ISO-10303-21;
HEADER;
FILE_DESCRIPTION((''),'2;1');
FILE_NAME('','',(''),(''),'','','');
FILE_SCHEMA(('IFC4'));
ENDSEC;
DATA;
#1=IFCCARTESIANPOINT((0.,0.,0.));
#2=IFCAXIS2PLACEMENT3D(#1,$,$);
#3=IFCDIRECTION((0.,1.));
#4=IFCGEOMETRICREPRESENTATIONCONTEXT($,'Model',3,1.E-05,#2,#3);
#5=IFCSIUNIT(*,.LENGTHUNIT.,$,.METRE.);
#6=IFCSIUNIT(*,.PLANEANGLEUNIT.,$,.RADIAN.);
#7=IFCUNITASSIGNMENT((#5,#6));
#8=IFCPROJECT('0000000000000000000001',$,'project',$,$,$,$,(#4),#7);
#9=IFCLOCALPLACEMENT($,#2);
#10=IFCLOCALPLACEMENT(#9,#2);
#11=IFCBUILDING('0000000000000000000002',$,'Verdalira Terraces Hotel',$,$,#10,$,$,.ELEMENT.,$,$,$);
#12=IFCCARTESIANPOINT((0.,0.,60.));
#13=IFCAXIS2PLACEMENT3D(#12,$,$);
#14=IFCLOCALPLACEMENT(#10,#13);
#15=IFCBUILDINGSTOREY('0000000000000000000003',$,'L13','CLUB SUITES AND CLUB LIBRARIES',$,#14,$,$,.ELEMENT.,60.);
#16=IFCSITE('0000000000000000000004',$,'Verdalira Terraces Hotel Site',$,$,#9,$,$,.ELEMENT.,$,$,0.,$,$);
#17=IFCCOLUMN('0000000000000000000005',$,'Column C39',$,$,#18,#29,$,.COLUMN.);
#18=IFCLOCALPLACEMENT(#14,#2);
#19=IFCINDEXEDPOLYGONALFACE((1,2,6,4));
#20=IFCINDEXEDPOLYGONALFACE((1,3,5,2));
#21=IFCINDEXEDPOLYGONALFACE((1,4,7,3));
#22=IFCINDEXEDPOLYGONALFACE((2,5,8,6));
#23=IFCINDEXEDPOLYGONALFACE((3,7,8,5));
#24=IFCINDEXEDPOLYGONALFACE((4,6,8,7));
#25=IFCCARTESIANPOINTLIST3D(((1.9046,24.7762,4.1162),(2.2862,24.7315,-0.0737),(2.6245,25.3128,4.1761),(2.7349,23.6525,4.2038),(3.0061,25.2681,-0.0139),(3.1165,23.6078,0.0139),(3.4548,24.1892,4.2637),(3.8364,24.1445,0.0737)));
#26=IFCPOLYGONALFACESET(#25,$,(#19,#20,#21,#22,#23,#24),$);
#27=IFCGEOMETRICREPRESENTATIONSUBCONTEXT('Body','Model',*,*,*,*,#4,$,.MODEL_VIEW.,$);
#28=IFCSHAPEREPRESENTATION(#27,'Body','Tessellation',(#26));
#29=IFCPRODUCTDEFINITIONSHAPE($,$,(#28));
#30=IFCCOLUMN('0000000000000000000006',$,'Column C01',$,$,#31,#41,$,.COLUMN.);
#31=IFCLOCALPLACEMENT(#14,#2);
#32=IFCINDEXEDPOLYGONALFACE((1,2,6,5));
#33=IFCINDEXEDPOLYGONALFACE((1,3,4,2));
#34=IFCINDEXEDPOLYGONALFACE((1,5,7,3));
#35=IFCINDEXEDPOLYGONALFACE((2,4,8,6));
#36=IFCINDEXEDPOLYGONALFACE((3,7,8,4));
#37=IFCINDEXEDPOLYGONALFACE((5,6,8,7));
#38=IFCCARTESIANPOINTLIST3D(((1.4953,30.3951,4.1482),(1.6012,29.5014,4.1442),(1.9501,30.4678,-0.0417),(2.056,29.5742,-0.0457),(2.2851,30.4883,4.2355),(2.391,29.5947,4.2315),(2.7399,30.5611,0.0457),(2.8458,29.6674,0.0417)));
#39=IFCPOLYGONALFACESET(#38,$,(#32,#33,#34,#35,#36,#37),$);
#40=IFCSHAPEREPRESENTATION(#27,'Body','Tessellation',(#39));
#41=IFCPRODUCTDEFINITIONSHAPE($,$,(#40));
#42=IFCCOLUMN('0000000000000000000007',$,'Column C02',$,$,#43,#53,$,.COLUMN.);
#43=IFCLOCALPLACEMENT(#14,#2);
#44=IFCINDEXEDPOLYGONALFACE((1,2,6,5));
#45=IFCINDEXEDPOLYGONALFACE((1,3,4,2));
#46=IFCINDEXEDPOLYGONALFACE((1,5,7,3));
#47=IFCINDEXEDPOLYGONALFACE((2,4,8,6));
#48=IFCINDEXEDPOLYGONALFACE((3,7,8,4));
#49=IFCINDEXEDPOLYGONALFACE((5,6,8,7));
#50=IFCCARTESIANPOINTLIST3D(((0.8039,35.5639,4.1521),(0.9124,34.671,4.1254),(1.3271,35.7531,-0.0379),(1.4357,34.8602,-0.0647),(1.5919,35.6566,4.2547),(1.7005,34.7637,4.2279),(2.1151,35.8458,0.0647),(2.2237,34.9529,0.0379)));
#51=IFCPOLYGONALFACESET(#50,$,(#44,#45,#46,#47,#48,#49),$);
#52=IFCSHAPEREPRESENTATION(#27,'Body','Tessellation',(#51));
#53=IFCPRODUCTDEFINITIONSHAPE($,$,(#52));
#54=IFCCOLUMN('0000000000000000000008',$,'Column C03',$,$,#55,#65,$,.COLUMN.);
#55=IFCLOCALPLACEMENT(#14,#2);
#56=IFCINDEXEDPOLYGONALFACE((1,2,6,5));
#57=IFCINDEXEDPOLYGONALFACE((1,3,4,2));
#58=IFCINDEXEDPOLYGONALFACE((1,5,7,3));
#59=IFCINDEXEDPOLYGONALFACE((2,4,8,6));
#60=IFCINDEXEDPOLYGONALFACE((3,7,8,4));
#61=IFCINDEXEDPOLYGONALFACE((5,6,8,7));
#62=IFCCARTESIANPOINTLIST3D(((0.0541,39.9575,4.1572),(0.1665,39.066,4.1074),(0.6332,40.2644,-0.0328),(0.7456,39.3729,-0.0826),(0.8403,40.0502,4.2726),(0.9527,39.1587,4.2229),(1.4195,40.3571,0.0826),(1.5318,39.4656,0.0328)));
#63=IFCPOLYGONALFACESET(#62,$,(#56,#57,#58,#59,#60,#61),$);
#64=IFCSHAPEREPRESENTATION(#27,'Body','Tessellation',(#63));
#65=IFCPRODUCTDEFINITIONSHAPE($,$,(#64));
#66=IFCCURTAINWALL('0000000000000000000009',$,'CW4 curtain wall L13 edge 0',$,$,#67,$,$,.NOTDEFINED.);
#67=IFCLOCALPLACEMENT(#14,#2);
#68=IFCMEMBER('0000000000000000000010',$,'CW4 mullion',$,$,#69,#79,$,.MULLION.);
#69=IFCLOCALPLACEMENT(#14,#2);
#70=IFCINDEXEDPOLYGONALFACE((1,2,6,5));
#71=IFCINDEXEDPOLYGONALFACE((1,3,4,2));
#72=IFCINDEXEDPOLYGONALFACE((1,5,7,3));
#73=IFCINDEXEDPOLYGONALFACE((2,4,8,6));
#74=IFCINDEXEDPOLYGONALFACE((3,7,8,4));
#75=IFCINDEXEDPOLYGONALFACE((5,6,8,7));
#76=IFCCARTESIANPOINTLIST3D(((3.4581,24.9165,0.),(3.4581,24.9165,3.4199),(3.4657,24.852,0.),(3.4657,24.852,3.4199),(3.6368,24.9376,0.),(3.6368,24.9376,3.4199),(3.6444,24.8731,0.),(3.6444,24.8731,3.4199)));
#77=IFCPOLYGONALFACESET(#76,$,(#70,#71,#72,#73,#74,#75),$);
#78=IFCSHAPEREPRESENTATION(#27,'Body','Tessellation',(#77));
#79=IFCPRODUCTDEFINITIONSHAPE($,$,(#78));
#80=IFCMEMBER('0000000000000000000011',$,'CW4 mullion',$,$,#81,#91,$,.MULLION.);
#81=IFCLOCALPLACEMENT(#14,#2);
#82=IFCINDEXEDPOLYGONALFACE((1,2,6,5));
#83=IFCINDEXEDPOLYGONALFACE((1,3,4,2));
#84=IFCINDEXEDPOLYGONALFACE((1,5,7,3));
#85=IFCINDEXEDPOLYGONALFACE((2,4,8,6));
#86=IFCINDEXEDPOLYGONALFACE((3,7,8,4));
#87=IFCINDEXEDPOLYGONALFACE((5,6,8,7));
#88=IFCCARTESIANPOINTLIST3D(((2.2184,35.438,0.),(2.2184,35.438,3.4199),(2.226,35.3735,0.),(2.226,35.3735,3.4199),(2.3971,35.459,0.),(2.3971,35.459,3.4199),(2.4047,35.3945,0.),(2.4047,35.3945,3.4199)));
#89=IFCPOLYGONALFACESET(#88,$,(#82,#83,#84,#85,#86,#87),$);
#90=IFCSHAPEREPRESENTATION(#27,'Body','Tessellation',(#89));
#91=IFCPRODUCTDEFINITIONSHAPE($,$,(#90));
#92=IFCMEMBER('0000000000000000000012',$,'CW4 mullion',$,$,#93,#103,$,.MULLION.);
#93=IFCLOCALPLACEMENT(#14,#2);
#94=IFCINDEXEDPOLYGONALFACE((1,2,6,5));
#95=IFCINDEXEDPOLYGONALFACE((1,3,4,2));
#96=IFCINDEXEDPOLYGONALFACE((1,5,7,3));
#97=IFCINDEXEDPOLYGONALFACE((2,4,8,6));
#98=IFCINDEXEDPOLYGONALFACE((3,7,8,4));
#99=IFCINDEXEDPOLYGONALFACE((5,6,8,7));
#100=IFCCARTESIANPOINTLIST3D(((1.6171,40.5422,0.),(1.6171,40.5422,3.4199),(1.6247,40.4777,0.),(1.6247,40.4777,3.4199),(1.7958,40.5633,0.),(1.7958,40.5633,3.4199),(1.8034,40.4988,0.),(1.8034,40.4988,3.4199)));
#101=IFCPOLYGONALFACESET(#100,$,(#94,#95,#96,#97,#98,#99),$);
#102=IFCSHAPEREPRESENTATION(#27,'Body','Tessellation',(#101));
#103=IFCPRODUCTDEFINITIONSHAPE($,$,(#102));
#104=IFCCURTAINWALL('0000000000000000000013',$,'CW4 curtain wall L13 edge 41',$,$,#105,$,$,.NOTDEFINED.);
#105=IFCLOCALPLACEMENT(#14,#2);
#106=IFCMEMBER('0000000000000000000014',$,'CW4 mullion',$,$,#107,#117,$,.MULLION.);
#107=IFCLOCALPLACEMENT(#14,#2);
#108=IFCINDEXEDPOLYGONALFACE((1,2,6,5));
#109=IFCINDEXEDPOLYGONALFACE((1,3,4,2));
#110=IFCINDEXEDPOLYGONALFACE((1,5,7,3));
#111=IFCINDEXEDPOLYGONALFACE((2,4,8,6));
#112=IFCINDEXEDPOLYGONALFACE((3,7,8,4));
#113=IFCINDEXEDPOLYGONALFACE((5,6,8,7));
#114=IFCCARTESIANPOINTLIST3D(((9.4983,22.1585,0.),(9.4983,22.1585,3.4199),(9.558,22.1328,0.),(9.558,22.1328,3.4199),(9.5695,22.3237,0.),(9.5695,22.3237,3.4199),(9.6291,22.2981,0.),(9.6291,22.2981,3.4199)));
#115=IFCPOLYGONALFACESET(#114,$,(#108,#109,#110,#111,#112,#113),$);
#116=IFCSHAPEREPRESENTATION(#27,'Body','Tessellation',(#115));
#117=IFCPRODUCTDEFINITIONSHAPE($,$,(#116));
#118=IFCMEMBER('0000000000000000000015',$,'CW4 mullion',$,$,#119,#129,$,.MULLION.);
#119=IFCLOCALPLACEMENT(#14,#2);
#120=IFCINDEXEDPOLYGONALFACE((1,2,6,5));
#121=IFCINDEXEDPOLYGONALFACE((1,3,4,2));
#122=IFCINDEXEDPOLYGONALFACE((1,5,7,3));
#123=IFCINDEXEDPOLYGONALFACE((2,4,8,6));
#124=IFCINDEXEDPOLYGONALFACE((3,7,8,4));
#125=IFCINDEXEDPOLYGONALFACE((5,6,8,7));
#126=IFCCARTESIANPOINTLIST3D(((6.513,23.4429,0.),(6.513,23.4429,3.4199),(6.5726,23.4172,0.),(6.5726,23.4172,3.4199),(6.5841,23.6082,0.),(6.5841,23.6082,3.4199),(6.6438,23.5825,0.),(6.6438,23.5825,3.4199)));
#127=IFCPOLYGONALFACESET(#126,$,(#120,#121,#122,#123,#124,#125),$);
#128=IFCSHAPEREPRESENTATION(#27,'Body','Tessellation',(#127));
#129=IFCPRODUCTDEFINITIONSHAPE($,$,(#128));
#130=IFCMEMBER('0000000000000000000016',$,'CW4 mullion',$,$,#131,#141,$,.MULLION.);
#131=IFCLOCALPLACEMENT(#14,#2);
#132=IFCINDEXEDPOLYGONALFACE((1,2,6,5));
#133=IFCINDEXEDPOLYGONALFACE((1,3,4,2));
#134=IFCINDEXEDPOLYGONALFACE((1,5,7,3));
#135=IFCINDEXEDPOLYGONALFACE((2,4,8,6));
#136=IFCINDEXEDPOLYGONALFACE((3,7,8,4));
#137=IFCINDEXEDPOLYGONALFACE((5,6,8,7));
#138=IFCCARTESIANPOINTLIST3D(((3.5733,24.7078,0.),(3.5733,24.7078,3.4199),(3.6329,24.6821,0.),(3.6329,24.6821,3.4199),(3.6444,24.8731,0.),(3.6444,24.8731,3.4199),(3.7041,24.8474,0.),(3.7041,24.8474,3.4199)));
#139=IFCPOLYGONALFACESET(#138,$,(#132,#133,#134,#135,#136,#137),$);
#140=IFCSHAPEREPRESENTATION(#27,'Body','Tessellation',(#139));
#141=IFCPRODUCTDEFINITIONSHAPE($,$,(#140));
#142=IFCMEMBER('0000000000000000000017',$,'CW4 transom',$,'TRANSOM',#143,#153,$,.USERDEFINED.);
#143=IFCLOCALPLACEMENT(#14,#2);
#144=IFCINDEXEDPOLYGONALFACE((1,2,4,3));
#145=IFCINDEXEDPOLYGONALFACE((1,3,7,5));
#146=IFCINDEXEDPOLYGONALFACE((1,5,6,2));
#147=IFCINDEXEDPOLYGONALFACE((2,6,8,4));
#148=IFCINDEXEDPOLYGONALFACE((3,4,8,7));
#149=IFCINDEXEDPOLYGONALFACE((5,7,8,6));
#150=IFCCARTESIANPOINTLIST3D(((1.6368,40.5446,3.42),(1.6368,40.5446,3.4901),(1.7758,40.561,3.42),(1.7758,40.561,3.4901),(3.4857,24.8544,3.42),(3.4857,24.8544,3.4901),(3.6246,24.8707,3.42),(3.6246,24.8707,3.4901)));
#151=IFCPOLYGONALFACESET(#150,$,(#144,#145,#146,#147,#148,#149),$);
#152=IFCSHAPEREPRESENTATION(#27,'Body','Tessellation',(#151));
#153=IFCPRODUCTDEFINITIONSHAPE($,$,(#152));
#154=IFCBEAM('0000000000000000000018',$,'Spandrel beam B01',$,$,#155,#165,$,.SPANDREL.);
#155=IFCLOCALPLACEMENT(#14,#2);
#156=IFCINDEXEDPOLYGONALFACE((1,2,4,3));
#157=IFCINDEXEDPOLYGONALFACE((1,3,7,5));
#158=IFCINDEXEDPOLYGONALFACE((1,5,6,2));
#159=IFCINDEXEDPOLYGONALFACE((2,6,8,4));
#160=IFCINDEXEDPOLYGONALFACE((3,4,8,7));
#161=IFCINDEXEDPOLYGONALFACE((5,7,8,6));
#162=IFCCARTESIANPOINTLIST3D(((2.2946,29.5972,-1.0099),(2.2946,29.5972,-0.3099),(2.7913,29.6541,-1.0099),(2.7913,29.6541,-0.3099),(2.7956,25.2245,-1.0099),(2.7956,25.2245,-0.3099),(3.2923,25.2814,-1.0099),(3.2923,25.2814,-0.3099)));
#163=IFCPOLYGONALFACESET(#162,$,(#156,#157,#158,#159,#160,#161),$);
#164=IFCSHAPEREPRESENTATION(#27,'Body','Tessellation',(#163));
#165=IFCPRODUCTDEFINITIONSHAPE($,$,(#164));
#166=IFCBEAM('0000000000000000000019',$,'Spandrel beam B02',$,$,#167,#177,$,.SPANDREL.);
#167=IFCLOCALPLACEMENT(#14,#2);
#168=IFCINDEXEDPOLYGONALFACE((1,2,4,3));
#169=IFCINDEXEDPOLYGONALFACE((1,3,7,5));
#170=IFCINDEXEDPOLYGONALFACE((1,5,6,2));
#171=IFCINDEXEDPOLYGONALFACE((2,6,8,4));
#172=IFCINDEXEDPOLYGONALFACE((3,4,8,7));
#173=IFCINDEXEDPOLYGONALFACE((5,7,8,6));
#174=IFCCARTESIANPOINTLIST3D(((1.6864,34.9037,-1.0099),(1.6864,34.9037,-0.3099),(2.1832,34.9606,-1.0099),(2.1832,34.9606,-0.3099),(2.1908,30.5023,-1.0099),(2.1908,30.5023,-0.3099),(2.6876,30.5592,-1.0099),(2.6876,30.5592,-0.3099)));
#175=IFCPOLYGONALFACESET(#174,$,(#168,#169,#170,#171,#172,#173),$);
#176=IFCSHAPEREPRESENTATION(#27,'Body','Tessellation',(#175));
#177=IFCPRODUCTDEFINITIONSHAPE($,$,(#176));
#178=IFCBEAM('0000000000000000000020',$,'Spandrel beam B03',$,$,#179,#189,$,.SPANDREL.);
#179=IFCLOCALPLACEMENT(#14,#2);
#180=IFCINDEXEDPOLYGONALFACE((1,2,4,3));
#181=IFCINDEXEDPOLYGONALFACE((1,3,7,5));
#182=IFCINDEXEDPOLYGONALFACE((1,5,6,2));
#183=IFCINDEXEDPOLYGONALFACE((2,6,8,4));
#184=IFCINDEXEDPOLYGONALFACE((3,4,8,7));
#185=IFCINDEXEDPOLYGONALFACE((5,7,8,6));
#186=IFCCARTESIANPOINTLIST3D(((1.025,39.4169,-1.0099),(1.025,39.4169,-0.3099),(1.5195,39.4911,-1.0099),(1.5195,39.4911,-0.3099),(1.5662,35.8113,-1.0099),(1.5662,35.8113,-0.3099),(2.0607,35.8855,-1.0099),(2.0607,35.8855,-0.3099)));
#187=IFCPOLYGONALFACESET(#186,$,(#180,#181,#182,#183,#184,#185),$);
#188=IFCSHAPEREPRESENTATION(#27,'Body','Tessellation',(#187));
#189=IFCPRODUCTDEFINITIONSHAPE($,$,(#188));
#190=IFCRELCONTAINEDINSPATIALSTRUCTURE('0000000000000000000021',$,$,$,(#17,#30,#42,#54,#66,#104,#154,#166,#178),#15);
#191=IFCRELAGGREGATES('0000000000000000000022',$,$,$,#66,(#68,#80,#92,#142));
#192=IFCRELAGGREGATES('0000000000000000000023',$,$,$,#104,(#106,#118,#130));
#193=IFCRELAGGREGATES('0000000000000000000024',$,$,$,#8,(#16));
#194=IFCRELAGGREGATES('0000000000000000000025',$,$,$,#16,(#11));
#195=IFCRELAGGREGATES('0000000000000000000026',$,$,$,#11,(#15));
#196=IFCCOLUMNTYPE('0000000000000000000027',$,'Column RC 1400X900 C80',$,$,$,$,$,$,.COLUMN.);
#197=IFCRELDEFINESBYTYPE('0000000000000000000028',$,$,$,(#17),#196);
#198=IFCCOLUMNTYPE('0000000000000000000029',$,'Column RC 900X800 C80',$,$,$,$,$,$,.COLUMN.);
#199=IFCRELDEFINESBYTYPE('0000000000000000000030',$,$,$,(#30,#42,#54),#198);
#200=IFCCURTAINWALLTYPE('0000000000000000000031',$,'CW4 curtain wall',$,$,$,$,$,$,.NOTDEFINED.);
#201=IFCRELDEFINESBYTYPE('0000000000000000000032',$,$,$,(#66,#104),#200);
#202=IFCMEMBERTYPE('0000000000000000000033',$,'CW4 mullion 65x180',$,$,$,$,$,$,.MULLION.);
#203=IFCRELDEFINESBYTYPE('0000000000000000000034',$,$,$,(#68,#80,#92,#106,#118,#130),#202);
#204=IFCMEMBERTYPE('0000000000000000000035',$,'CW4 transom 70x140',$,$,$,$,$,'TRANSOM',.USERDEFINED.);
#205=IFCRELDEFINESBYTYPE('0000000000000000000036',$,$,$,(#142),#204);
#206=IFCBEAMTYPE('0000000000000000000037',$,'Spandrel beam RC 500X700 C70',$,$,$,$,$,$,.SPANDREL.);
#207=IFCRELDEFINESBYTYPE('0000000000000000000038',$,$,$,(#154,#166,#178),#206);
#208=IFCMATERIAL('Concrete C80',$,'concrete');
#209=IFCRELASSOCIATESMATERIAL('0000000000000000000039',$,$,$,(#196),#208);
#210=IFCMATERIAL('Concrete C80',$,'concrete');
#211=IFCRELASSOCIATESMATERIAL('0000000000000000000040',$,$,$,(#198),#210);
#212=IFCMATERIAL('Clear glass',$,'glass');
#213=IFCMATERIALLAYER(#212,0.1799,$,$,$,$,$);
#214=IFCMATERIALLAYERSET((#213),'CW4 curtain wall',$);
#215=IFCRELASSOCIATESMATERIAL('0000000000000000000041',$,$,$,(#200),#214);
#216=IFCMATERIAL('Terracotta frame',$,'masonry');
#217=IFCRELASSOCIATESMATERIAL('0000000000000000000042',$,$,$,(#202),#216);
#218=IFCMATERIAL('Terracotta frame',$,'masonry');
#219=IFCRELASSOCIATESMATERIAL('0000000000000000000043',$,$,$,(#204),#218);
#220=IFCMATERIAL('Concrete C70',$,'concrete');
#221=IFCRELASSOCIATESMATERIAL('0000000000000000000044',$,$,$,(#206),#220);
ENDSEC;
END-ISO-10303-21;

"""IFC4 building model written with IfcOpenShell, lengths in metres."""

from ifc_helpers import new_model, si_unit, direction, frame, origin, origin_2d, place, context, subcontext, project, spatial, rectangle, extrude, material, layer, layer_set, material_profile, profile_set, type_object, element, aggregate, save


model = new_model("IFC4")

# Units and contexts
model_context = context("Model", 3, precision=1e-05, world=origin(), true_north=direction((0.0, 1.0)))
body_context = subcontext(model_context, "Body", "Model", "MODEL_VIEW")
ifc_project = project(units=[si_unit("LENGTHUNIT", "METRE"), si_unit("PLANEANGLEUNIT", "RADIAN")], contexts=[model_context])

# Site, building, storey
site_placement = place(None, origin())
site = spatial("IfcSite", under=ifc_project, at=site_placement, Name="Verdalira Terraces Hotel Site", CompositionType="ELEMENT", RefElevation=0.0)
building_placement = place(site_placement, origin())
building = spatial("IfcBuilding", under=site, at=building_placement, Name="Verdalira Terraces Hotel", CompositionType="ELEMENT")
storey_placement = place(building_placement, frame((0.0, 0.0, 60.0)))
storey = spatial("IfcBuildingStorey", under=building, at=storey_placement, Name="L13", Description="CLUB SUITES AND CLUB LIBRARIES", CompositionType="ELEMENT", Elevation=60.0)

# Columns
ifc_material_1 = material(Name="Concrete C80", Category="concrete")
ifc_material_profile_1 = material_profile(ifc_material_1, rectangle(XDim=1.3999, YDim=0.8999, at=origin_2d()), Name="RC 1400X900")
ifc_profile_set_1 = profile_set([ifc_material_profile_1], Name="Concrete C80")
column_type_1 = type_object("IfcColumnType", Name="Column RC 1400X900 C80", PredefinedType="COLUMN", material=ifc_profile_set_1)
column_1_placement = place(storey_placement, frame((3.0613, 24.438, 0.0), z_axis=(-0.090693, 0.010619, 0.995822), x_axis=(0.593137, -0.802666, 0.062578)))
element("IfcColumn", 1, at=column_1_placement, inside=storey, type_object=column_type_1, Name="Column C39", PredefinedType="COLUMN", context=body_context, shape_type="SweptSolid", body=[
    extrude(rectangle(XDim=1.3999, YDim=0.8999, at=origin_2d()), origin(), (0.0, 0.0, 1.0), 4.2075),
])
ifc_material_2 = material(Name="Concrete C80", Category="concrete")
ifc_material_profile_2 = material_profile(ifc_material_2, rectangle(XDim=0.8999, YDim=0.8, at=origin_2d()), Name="RC 900X800")
ifc_profile_set_2 = profile_set([ifc_material_profile_2], Name="Concrete C80")
column_type_2 = type_object("IfcColumnType", Name="Column RC 900X800 C80", PredefinedType="COLUMN", material=ifc_profile_set_2)
column_2_placement = place(storey_placement, frame((2.3979, 30.0676, 0.0), z_axis=(-0.107904, -0.01726, 0.994012), x_axis=(-0.117697, 0.993039, 0.004467)))
element("IfcColumn", 2, at=column_2_placement, inside=storey, type_object=column_type_2, Name="Column C01", PredefinedType="COLUMN", context=body_context, shape_type="SweptSolid", body=[
    extrude(rectangle(XDim=0.8999, YDim=0.8, at=origin_2d()), origin(), (0.0, 0.0, 1.0), 4.2151),
])
column_3_placement = place(storey_placement, frame((1.7754, 35.353, 0.0), z_axis=(-0.123782, -0.044765, 0.991299), x_axis=(-0.120609, 0.992254, 0.029748)))
element("IfcColumn", 3, at=column_3_placement, inside=storey, type_object=column_type_2, Name="Column C02", PredefinedType="COLUMN", context=body_context, shape_type="SweptSolid", body=[
    extrude(rectangle(XDim=0.8999, YDim=0.8, at=origin_2d()), origin(), (0.0, 0.0, 1.0), 4.2268),
])
column_4_placement = place(storey_placement, frame((1.0825, 39.865, 0.0), z_axis=(-0.136552, -0.072363, 0.987986), x_axis=(-0.12487, 0.990631, 0.055298)))
element("IfcColumn", 4, at=column_4_placement, inside=storey, type_object=column_type_2, Name="Column C03", PredefinedType="COLUMN", context=body_context, shape_type="SweptSolid", body=[
    extrude(rectangle(XDim=0.8999, YDim=0.8, at=origin_2d()), origin(), (0.0, 0.0, 1.0), 4.241),
])

# Curtain walls, members
ifc_material_3 = material(Name="Clear glass", Category="glass")
ifc_layer_1 = layer(ifc_material_3, 0.1799)
ifc_layer_set_1 = layer_set([ifc_layer_1], Name="CW4 curtain wall")
curtain_wall_type = type_object("IfcCurtainWallType", Name="CW4 curtain wall", PredefinedType="NOTDEFINED", material=ifc_layer_set_1)
curtain_wall_1_placement = place(storey_placement, origin())
curtain_wall_1 = element("IfcCurtainWall", 5, at=curtain_wall_1_placement, inside=storey, type_object=curtain_wall_type, Name="CW4 curtain wall L13 edge 0", PredefinedType="NOTDEFINED")
ifc_material_4 = material(Name="Terracotta frame", Category="masonry")
ifc_material_profile_3 = material_profile(ifc_material_4, rectangle(XDim=0.0649, YDim=0.1799, at=origin_2d()), Name="MU 65x180")
ifc_profile_set_3 = profile_set([ifc_material_profile_3], Name="Terracotta frame")
member_type_1 = type_object("IfcMemberType", Name="CW4 mullion 65x180", PredefinedType="MULLION", material=ifc_profile_set_3)
member_1_placement = place(storey_placement, frame((3.5513, 24.8948, 0.0), z_axis=(0.0, 0.0, 1.0), x_axis=(-0.117017, 0.99313, 0.0)))
member_1 = element("IfcMember", 6, at=member_1_placement, type_object=member_type_1, Name="CW4 mullion", PredefinedType="MULLION", context=body_context, shape_type="SweptSolid", body=[
    extrude(rectangle(XDim=0.0649, YDim=0.1799, at=origin_2d()), origin(), (0.0, 0.0, 1.0), 3.4199),
])
member_2_placement = place(storey_placement, frame((2.3115, 35.4163, 0.0), z_axis=(0.0, 0.0, 1.0), x_axis=(-0.117017, 0.99313, 0.0)))
member_2 = element("IfcMember", 7, at=member_2_placement, type_object=member_type_1, Name="CW4 mullion", PredefinedType="MULLION", context=body_context, shape_type="SweptSolid", body=[
    extrude(rectangle(XDim=0.0649, YDim=0.1799, at=origin_2d()), origin(), (0.0, 0.0, 1.0), 3.4199),
])
member_3_placement = place(storey_placement, frame((1.7102, 40.5205, 0.0), z_axis=(0.0, 0.0, 1.0), x_axis=(-0.117017, 0.99313, 0.0)))
member_3 = element("IfcMember", 8, at=member_3_placement, type_object=member_type_1, Name="CW4 mullion", PredefinedType="MULLION", context=body_context, shape_type="SweptSolid", body=[
    extrude(rectangle(XDim=0.0649, YDim=0.1799, at=origin_2d()), origin(), (0.0, 0.0, 1.0), 3.4199),
])
curtain_wall_2_placement = place(storey_placement, origin())
curtain_wall_2 = element("IfcCurtainWall", 9, at=curtain_wall_2_placement, inside=storey, type_object=curtain_wall_type, Name="CW4 curtain wall L13 edge 41", PredefinedType="NOTDEFINED")
member_4_placement = place(storey_placement, frame((9.5637, 22.2283, 0.0), z_axis=(0.0, 0.0, 1.0), x_axis=(-0.918584, 0.395225, 0.0)))
member_4 = element("IfcMember", 10, at=member_4_placement, type_object=member_type_1, Name="CW4 mullion", PredefinedType="MULLION", context=body_context, shape_type="SweptSolid", body=[
    extrude(rectangle(XDim=0.0649, YDim=0.1799, at=origin_2d()), origin(), (0.0, 0.0, 1.0), 3.4199),
])
member_5_placement = place(storey_placement, frame((6.5784, 23.5127, 0.0), z_axis=(0.0, 0.0, 1.0), x_axis=(-0.918584, 0.395225, 0.0)))
member_5 = element("IfcMember", 11, at=member_5_placement, type_object=member_type_1, Name="CW4 mullion", PredefinedType="MULLION", context=body_context, shape_type="SweptSolid", body=[
    extrude(rectangle(XDim=0.0649, YDim=0.1799, at=origin_2d()), origin(), (0.0, 0.0, 1.0), 3.4199),
])
member_6_placement = place(storey_placement, frame((3.6387, 24.7776, 0.0), z_axis=(0.0, 0.0, 1.0), x_axis=(-0.918584, 0.395225, 0.0)))
member_6 = element("IfcMember", 12, at=member_6_placement, type_object=member_type_1, Name="CW4 mullion", PredefinedType="MULLION", context=body_context, shape_type="SweptSolid", body=[
    extrude(rectangle(XDim=0.0649, YDim=0.1799, at=origin_2d()), origin(), (0.0, 0.0, 1.0), 3.4199),
])

# Member
ifc_material_5 = material(Name="Terracotta frame", Category="masonry")
ifc_material_profile_4 = material_profile(ifc_material_5, rectangle(XDim=0.1399, YDim=0.0701, at=origin_2d()), Name="TR 70x140")
ifc_profile_set_4 = profile_set([ifc_material_profile_4], Name="Terracotta frame")
member_type_2 = type_object("IfcMemberType", Name="CW4 transom 70x140", ElementType="TRANSOM", PredefinedType="USERDEFINED", material=ifc_profile_set_4)
member_7_placement = place(storey_placement, frame((3.5552, 24.8625, 3.4551), z_axis=(-0.117027, 0.993129, 0.0), x_axis=(-0.993129, -0.117027, 0.0)))
member_7 = element("IfcMember", 13, at=member_7_placement, type_object=member_type_2, Name="CW4 transom", ObjectType="TRANSOM", PredefinedType="USERDEFINED", context=body_context, shape_type="SweptSolid", body=[
    extrude(rectangle(XDim=0.1399, YDim=0.0701, at=origin_2d()), origin(), (0.0, 0.0, 1.0), 15.7988),
])

# Beams
ifc_material_6 = material(Name="Concrete C70", Category="concrete")
ifc_material_profile_5 = material_profile(ifc_material_6, rectangle(XDim=0.5, YDim=0.7, at=origin_2d()), Name="RC 500X700")
ifc_profile_set_5 = profile_set([ifc_material_profile_5], Name="Concrete C70")
beam_type = type_object("IfcBeamType", Name="Spandrel beam RC 500X700 C70", PredefinedType="SPANDREL", material=ifc_profile_set_5)
beam_1_placement = place(storey_placement, frame((3.0439, 25.2529, -0.6599), z_axis=(-0.113822, 0.993501, 0.0), x_axis=(-0.993501, -0.113822, 0.0)))
element("IfcBeam", 14, at=beam_1_placement, inside=storey, type_object=beam_type, Name="Spandrel beam B01", PredefinedType="SPANDREL", context=body_context, shape_type="SweptSolid", body=[
    extrude(rectangle(XDim=0.5, YDim=0.7, at=origin_2d()), origin(), (0.0, 0.0, 1.0), 4.4014),
])
beam_2_placement = place(storey_placement, frame((2.4392, 30.5308, -0.6599), z_axis=(-0.113854, 0.993497, 0.0), x_axis=(-0.993497, -0.113854, 0.0)))
element("IfcBeam", 15, at=beam_2_placement, inside=storey, type_object=beam_type, Name="Spandrel beam B02", PredefinedType="SPANDREL", context=body_context, shape_type="SweptSolid", body=[
    extrude(rectangle(XDim=0.5, YDim=0.7, at=origin_2d()), origin(), (0.0, 0.0, 1.0), 4.4302),
])
beam_3_placement = place(storey_placement, frame((1.8135, 35.8484, -0.6599), z_axis=(-0.148449, 0.98892, 0.0), x_axis=(-0.98892, -0.148449, 0.0)))
element("IfcBeam", 16, at=beam_3_placement, inside=storey, type_object=beam_type, Name="Spandrel beam B03", PredefinedType="SPANDREL", context=body_context, shape_type="SweptSolid", body=[
    extrude(rectangle(XDim=0.5, YDim=0.7, at=origin_2d()), origin(), (0.0, 0.0, 1.0), 3.646),
])

aggregate(curtain_wall_1, [member_1, member_2, member_3, member_7])
aggregate(curtain_wall_2, [member_4, member_5, member_6])

save(model, "model.ifc")
